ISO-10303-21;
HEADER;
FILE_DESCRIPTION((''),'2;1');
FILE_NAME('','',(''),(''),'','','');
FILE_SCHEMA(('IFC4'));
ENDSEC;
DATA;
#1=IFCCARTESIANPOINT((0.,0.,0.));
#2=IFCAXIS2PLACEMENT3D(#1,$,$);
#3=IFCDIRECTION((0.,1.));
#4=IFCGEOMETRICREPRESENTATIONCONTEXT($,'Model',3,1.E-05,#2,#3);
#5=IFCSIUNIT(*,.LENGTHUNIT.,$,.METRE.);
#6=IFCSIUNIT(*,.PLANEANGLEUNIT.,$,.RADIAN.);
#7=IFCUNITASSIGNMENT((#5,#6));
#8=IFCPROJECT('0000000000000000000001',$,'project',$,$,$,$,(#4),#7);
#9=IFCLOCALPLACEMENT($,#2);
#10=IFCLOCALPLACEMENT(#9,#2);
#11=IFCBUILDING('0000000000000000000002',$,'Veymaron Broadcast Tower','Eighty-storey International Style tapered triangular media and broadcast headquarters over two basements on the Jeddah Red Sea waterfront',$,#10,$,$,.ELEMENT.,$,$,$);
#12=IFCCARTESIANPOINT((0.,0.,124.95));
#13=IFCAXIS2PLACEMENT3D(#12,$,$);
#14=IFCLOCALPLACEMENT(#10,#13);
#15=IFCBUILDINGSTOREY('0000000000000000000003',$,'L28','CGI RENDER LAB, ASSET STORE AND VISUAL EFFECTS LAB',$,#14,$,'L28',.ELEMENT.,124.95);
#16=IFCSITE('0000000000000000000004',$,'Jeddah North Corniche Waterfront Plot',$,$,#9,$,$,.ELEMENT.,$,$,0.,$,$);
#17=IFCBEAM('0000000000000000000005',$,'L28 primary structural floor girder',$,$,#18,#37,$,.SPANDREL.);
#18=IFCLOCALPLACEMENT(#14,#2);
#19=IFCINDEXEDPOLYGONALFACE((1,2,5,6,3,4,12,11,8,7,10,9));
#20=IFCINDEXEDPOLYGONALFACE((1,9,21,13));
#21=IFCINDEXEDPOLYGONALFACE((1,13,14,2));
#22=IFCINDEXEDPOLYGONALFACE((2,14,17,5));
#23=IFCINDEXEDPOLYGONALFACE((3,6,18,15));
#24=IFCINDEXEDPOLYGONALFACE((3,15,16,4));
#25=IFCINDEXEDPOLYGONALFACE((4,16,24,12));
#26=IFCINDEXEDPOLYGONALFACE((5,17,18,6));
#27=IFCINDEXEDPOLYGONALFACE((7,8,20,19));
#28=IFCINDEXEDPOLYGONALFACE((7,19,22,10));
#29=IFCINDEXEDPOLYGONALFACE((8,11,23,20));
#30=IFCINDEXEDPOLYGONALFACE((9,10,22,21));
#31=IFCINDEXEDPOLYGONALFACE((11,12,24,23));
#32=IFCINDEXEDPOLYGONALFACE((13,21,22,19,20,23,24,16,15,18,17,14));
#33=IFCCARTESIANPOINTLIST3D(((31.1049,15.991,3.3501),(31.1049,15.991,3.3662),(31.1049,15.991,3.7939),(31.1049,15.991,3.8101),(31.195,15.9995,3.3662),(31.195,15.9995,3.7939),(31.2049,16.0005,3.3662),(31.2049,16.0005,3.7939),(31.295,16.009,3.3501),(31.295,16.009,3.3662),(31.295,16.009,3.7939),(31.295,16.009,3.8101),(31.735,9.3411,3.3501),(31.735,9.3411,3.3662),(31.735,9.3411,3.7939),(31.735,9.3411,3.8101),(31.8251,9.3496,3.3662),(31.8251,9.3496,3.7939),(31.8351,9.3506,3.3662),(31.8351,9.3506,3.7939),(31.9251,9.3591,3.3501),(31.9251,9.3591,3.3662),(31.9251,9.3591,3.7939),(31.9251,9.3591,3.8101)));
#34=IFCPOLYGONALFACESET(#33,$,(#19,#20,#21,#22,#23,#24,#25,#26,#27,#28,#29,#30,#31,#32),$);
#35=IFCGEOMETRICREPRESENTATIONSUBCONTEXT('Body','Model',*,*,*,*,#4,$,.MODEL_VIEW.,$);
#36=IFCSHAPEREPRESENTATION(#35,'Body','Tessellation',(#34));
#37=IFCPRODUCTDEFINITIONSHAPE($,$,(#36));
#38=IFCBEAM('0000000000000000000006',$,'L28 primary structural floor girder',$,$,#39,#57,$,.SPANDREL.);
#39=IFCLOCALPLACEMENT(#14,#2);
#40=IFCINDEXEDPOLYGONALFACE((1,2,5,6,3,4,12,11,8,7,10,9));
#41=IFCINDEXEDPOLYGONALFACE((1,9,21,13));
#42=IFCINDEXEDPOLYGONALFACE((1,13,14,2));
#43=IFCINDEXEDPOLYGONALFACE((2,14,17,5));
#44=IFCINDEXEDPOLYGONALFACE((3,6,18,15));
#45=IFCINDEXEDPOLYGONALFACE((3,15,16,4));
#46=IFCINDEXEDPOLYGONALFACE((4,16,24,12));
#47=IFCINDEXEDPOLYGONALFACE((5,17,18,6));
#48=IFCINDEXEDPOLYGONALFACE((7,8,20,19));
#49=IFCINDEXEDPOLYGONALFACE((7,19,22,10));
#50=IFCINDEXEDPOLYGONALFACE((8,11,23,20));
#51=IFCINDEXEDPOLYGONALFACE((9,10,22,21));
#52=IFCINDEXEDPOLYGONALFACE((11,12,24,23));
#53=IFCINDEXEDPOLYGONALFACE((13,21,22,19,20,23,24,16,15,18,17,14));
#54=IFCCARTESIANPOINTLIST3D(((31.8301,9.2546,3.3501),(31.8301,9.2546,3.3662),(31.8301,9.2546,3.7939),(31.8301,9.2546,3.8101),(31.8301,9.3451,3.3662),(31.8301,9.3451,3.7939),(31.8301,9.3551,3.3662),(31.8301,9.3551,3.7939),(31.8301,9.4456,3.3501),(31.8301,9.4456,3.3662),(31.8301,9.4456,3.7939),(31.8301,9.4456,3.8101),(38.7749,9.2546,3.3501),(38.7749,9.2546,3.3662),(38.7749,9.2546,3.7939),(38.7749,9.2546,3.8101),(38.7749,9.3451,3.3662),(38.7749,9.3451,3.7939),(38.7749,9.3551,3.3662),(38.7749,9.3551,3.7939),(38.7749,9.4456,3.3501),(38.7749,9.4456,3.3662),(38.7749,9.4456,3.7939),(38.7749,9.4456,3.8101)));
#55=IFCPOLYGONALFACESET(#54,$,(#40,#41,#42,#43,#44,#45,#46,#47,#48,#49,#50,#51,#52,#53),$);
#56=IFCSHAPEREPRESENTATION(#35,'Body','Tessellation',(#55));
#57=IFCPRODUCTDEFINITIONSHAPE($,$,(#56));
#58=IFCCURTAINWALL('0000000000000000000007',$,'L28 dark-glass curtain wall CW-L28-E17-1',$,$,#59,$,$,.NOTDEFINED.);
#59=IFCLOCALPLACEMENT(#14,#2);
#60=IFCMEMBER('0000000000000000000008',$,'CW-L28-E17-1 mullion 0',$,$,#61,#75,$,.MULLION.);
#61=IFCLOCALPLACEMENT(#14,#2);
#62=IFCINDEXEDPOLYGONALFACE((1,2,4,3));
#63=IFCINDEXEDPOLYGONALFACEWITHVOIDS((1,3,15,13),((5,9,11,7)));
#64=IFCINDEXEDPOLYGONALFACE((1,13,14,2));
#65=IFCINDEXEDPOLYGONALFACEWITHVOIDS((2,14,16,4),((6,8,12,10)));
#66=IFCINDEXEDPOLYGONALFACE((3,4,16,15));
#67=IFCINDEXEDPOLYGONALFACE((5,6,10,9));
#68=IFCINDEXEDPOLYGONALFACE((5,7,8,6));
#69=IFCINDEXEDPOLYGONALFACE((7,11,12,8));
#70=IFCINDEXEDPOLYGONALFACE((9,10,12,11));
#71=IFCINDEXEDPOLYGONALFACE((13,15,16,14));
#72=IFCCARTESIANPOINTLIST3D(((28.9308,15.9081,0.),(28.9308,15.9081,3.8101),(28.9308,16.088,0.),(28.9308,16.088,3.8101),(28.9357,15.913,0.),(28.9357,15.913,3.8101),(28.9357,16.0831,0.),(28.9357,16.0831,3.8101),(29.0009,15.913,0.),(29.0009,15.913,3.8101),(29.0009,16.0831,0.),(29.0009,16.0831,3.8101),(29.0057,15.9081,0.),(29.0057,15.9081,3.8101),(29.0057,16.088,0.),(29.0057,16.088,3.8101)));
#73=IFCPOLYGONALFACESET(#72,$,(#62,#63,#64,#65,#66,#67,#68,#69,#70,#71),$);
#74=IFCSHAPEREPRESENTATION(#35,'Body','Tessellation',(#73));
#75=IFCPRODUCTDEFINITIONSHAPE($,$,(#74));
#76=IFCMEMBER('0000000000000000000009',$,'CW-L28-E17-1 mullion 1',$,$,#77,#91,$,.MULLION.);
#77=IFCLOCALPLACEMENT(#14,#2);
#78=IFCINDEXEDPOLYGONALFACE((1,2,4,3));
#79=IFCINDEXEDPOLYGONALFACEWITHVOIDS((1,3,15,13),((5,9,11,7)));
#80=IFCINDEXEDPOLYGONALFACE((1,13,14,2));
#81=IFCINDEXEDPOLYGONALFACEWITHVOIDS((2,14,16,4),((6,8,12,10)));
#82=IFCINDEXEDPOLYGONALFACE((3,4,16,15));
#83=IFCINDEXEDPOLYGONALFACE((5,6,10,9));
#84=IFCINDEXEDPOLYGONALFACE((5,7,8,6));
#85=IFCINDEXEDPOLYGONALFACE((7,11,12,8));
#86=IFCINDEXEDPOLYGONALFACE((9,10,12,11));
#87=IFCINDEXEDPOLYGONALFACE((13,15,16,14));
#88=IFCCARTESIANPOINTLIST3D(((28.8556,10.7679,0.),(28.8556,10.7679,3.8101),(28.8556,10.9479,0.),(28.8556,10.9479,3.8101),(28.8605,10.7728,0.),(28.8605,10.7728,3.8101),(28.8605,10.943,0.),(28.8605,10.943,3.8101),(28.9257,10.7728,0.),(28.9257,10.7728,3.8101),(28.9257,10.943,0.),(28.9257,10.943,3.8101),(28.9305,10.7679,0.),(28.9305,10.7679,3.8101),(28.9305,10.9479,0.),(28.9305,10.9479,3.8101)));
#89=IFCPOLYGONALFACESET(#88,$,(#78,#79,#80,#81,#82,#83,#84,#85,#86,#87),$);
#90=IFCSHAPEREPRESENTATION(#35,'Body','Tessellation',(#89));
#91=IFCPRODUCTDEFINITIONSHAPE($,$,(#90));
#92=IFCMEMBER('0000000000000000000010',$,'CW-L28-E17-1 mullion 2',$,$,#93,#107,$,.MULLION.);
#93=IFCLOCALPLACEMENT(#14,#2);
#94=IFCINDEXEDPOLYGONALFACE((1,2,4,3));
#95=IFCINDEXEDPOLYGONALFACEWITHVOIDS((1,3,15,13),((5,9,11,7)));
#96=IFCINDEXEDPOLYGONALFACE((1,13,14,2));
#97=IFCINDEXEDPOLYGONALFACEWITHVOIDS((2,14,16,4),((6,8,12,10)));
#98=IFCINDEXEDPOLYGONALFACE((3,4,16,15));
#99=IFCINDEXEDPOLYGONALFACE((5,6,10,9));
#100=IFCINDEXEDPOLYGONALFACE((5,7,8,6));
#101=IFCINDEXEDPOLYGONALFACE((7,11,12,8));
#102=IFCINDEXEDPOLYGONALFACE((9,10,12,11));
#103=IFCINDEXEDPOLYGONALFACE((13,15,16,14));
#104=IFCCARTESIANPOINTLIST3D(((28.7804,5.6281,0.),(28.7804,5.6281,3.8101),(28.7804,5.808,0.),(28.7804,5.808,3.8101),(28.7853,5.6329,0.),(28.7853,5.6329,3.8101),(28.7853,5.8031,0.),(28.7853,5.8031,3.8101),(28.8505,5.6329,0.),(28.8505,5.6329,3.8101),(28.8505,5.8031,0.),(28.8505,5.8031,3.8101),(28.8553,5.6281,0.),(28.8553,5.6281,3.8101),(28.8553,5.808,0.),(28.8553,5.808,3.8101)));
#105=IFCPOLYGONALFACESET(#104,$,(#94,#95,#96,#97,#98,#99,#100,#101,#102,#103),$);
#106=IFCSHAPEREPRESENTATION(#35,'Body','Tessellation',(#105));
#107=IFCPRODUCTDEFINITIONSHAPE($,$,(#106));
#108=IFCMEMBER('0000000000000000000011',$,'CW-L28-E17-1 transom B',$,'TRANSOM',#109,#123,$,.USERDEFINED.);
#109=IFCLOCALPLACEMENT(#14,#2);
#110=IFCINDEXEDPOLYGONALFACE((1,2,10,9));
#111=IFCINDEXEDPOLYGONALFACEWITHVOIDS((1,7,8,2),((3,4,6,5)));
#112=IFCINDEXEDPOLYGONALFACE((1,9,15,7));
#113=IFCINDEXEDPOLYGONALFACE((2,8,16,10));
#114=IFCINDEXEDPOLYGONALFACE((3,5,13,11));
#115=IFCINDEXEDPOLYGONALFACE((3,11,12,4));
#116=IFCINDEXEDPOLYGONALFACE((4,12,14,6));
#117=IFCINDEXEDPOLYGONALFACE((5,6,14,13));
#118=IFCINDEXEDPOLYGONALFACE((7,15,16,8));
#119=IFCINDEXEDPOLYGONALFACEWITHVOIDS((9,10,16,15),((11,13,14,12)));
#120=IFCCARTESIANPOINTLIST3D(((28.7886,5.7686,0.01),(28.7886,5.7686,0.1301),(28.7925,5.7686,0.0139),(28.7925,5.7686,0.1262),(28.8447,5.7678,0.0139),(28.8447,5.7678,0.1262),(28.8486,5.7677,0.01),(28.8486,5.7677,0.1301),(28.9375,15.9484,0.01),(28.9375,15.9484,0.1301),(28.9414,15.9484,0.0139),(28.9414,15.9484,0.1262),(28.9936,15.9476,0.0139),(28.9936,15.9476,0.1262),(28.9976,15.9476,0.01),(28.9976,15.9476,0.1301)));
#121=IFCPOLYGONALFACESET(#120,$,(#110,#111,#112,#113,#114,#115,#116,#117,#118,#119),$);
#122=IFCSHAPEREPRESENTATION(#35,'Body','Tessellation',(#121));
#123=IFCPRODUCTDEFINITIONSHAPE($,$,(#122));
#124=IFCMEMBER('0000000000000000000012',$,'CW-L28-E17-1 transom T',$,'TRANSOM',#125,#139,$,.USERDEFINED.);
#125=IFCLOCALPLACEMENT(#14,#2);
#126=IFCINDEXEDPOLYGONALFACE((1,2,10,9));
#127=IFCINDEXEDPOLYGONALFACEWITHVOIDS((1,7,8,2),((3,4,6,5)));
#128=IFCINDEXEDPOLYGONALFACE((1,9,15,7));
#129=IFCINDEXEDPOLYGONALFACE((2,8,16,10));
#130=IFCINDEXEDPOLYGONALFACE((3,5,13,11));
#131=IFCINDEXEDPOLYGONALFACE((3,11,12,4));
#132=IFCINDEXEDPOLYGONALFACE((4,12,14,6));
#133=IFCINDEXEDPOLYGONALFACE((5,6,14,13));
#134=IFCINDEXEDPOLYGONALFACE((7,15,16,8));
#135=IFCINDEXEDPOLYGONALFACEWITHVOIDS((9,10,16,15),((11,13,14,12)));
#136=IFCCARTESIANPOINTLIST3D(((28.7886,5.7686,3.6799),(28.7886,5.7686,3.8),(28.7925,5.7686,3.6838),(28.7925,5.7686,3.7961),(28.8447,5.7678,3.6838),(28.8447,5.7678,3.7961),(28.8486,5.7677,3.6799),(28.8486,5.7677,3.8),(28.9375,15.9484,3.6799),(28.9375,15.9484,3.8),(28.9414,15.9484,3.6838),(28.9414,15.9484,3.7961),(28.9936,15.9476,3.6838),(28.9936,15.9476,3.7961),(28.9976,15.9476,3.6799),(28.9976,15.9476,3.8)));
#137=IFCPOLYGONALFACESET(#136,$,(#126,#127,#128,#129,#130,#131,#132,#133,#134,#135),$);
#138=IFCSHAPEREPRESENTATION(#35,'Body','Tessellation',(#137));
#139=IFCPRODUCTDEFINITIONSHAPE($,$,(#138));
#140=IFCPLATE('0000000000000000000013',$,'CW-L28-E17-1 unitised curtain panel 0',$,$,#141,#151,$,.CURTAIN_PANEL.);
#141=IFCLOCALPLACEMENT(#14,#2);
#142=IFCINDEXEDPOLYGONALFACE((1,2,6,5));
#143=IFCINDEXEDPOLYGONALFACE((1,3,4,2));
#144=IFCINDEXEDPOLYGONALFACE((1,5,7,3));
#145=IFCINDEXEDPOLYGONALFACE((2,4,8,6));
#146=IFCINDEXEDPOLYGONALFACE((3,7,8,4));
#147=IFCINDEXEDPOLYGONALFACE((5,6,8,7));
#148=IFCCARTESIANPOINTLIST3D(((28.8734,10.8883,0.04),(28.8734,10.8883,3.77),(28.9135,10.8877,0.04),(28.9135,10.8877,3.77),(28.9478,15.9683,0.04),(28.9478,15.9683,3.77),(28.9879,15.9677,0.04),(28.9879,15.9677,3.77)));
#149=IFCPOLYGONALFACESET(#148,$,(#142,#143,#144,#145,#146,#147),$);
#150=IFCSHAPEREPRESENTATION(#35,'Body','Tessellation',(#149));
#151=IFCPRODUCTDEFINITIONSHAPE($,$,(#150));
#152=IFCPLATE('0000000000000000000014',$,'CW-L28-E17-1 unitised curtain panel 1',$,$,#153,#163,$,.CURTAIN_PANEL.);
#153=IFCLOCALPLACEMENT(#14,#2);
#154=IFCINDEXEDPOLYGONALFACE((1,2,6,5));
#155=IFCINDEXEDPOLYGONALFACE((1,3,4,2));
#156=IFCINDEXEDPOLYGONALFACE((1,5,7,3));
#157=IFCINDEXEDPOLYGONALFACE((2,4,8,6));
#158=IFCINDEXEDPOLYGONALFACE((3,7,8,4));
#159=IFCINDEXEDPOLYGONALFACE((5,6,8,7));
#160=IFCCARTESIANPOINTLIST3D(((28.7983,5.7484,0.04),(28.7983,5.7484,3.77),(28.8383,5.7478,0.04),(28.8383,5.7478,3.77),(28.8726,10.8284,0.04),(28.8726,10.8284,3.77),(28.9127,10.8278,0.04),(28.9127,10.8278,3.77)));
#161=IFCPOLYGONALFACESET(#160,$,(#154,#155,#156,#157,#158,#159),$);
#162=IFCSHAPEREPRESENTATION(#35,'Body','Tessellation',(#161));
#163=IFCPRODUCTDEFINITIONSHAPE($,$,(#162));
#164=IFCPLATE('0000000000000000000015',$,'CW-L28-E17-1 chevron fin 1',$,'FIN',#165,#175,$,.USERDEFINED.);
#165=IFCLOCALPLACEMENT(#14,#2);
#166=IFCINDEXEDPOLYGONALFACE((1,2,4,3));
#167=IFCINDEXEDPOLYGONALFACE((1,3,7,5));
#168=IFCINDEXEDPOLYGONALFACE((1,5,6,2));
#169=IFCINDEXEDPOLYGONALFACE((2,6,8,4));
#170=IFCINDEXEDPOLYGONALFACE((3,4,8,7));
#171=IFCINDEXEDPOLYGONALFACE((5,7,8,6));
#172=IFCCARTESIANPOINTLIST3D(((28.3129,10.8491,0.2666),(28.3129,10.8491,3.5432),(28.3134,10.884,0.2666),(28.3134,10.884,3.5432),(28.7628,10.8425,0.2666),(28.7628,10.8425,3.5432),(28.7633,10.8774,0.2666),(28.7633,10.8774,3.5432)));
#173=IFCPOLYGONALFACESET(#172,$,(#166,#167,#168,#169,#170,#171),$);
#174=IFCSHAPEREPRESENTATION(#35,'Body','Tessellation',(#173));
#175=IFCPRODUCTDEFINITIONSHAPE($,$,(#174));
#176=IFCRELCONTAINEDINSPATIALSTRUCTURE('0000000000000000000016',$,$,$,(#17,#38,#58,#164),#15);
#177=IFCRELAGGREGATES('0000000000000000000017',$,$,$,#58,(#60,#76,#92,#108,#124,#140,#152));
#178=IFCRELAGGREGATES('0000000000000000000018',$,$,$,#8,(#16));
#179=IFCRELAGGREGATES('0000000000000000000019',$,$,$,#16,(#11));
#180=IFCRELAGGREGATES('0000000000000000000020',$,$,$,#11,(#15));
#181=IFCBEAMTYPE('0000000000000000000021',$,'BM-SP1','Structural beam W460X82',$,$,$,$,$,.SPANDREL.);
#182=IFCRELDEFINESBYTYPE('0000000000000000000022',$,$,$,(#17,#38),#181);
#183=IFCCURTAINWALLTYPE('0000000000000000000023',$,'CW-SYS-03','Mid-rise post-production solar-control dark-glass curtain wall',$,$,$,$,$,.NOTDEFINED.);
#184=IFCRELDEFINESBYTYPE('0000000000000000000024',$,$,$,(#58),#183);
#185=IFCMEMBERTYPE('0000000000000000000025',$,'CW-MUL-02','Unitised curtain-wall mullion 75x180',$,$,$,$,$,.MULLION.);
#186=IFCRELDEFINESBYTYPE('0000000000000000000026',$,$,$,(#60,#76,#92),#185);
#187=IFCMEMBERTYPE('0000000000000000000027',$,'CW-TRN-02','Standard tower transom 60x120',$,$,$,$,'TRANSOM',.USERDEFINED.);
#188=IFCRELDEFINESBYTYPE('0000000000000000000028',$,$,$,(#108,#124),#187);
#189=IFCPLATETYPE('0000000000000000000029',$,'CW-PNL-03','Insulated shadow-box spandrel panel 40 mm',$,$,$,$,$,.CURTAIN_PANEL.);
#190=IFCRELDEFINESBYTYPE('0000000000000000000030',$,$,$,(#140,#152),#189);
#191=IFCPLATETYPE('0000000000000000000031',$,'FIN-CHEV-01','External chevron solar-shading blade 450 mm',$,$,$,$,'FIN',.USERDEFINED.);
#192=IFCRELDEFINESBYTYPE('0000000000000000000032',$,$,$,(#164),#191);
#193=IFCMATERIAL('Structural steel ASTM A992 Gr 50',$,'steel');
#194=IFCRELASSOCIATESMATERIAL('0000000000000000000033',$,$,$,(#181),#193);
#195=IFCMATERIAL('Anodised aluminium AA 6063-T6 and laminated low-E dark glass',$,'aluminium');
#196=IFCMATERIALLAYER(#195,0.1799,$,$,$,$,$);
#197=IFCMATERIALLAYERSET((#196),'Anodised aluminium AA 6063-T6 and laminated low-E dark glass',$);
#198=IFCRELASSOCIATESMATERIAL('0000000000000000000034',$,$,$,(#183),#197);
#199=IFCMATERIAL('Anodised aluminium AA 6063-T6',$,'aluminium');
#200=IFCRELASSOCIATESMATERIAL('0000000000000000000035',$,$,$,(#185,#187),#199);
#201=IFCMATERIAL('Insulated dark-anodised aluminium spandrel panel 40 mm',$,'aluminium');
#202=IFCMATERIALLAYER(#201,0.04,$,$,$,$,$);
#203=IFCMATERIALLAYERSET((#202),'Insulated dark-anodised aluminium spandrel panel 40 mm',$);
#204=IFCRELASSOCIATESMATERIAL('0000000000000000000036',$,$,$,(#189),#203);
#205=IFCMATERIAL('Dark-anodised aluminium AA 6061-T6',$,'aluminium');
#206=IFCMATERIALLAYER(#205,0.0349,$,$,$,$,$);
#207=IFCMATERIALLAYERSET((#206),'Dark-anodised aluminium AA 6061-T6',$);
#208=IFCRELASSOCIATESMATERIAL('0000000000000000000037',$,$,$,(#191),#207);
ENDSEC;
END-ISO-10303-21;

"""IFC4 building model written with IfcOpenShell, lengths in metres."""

from ifc_helpers import new_model, si_unit, direction, frame, origin, origin_2d, place, context, subcontext, project, spatial, rectangle, hollow_rectangle, i_section, extrude, material, layer, layer_set, material_profile, profile_set, type_object, element, aggregate, save


model = new_model("IFC4")

# Units and contexts
model_context = context("Model", 3, precision=1e-05, world=origin(), true_north=direction((0.0, 1.0)))
body_context = subcontext(model_context, "Body", "Model", "MODEL_VIEW")
ifc_project = project(units=[si_unit("LENGTHUNIT", "METRE"), si_unit("PLANEANGLEUNIT", "RADIAN")], contexts=[model_context])

# Site, building, storey
site_placement = place(None, origin())
site = spatial("IfcSite", under=ifc_project, at=site_placement, Name="Jeddah North Corniche Waterfront Plot", CompositionType="ELEMENT", RefElevation=0.0)
building_placement = place(site_placement, origin())
building = spatial("IfcBuilding", under=site, at=building_placement, Name="Veymaron Broadcast Tower", Description="Eighty-storey International Style tapered triangular media and broadcast headquarters over two basements on the Jeddah Red Sea waterfront", CompositionType="ELEMENT")
storey_placement = place(building_placement, frame((0.0, 0.0, 124.95)))
storey = spatial("IfcBuildingStorey", under=building, at=storey_placement, Name="L28", Description="CGI RENDER LAB, ASSET STORE AND VISUAL EFFECTS LAB", LongName="L28", CompositionType="ELEMENT", Elevation=124.95)

# Shared definitions
ifc_material_1 = material(Name="Structural steel ASTM A992 Gr 50", Category="steel")

# Beams
ifc_material_profile_1 = material_profile(ifc_material_1, i_section(OverallWidth=0.1909, OverallDepth=0.46, WebThickness=0.01, FlangeThickness=0.0161, at=origin_2d()), Name="W460X82")
ifc_profile_set_1 = profile_set([ifc_material_profile_1], Name="Structural steel ASTM A992 Gr 50")
beam_type_1 = type_object("IfcBeamType", Name="BM-SP1", Description="Structural beam W460X82", PredefinedType="SPANDREL", material=ifc_profile_set_1)
beam_1_placement = place(storey_placement, frame((31.2, 16.0, 3.5801), z_axis=(0.094335, -0.995541, 0.0), x_axis=(0.995541, 0.094335, 0.0)))
element("IfcBeam", 1, at=beam_1_placement, inside=storey, type_object=beam_type_1, Name="L28 primary structural floor girder", PredefinedType="SPANDREL", context=body_context, shape_type="SweptSolid", body=[
    extrude(i_section(OverallWidth=0.1909, OverallDepth=0.46, WebThickness=0.01, FlangeThickness=0.0161, at=origin_2d()), origin(), (0.0, 0.0, 1.0), 6.6797),
])
beam_2_placement = place(storey_placement, frame((31.8301, 9.3501, 3.5801), z_axis=(1.0, 0.0, 0.0), x_axis=(0.0, 1.0, 0.0)))
element("IfcBeam", 2, at=beam_2_placement, inside=storey, type_object=beam_type_1, Name="L28 primary structural floor girder", PredefinedType="SPANDREL", context=body_context, shape_type="SweptSolid", body=[
    extrude(i_section(OverallWidth=0.1909, OverallDepth=0.46, WebThickness=0.01, FlangeThickness=0.0161, at=origin_2d()), origin(), (0.0, 0.0, 1.0), 6.9448),
])

# Curtain wall, members, plates
ifc_material_2 = material(Name="Anodised aluminium AA 6063-T6 and laminated low-E dark glass", Category="aluminium")
ifc_layer_1 = layer(ifc_material_2, 0.1799)
ifc_layer_set_1 = layer_set([ifc_layer_1], Name="Anodised aluminium AA 6063-T6 and laminated low-E dark glass")
curtain_wall_type = type_object("IfcCurtainWallType", Name="CW-SYS-03", Description="Mid-rise post-production solar-control dark-glass curtain wall", PredefinedType="NOTDEFINED", material=ifc_layer_set_1)
curtain_wall_placement = place(storey_placement, origin())
curtain_wall = element("IfcCurtainWall", 3, at=curtain_wall_placement, inside=storey, type_object=curtain_wall_type, Name="L28 dark-glass curtain wall CW-L28-E17-1", PredefinedType="NOTDEFINED")
ifc_material_3 = material(Name="Anodised aluminium AA 6063-T6", Category="aluminium")
ifc_material_profile_2 = material_profile(ifc_material_3, hollow_rectangle(XDim=0.075, YDim=0.1799, WallThickness=0.0049, at=origin_2d()), Name="AL180X75X5")
ifc_profile_set_2 = profile_set([ifc_material_profile_2], Name="Anodised aluminium AA 6063-T6")
member_type_1 = type_object("IfcMemberType", Name="CW-MUL-02", Description="Unitised curtain-wall mullion 75x180", PredefinedType="MULLION", material=ifc_profile_set_2)
member_1_placement = place(storey_placement, frame((28.9683, 15.998, 0.0), z_axis=(0.0, 0.0, 1.0), x_axis=(1.0, 0.0, 0.0)))
member_1 = element("IfcMember", 4, at=member_1_placement, type_object=member_type_1, Name="CW-L28-E17-1 mullion 0", PredefinedType="MULLION", context=body_context, shape_type="SweptSolid", body=[
    extrude(hollow_rectangle(XDim=0.075, YDim=0.1799, WallThickness=0.0049, at=origin_2d()), origin(), (0.0, 0.0, 1.0), 3.8101),
])
member_2_placement = place(storey_placement, frame((28.8931, 10.8579, 0.0), z_axis=(0.0, 0.0, 1.0), x_axis=(1.0, 0.0, 0.0)))
member_2 = element("IfcMember", 5, at=member_2_placement, type_object=member_type_1, Name="CW-L28-E17-1 mullion 1", PredefinedType="MULLION", context=body_context, shape_type="SweptSolid", body=[
    extrude(hollow_rectangle(XDim=0.075, YDim=0.1799, WallThickness=0.0049, at=origin_2d()), origin(), (0.0, 0.0, 1.0), 3.8101),
])
member_3_placement = place(storey_placement, frame((28.8179, 5.718, 0.0), z_axis=(0.0, 0.0, 1.0), x_axis=(1.0, 0.0, 0.0)))
member_3 = element("IfcMember", 6, at=member_3_placement, type_object=member_type_1, Name="CW-L28-E17-1 mullion 2", PredefinedType="MULLION", context=body_context, shape_type="SweptSolid", body=[
    extrude(hollow_rectangle(XDim=0.075, YDim=0.1799, WallThickness=0.0049, at=origin_2d()), origin(), (0.0, 0.0, 1.0), 3.8101),
])
ifc_material_profile_3 = material_profile(ifc_material_3, hollow_rectangle(XDim=0.0601, YDim=0.1201, WallThickness=0.0039, at=origin_2d()), Name="AL120X60X4")
ifc_profile_set_3 = profile_set([ifc_material_profile_3], Name="Anodised aluminium AA 6063-T6")
member_type_2 = type_object("IfcMemberType", Name="CW-TRN-02", Description="Standard tower transom 60x120", ElementType="TRANSOM", PredefinedType="USERDEFINED", material=ifc_profile_set_3)
member_4_placement = place(storey_placement, frame((28.9675, 15.948, 0.0701), z_axis=(-0.014628, -0.999893, 0.0), x_axis=(0.999893, -0.014628, 0.0)))
member_4 = element("IfcMember", 7, at=member_4_placement, type_object=member_type_2, Name="CW-L28-E17-1 transom B", ObjectType="TRANSOM", PredefinedType="USERDEFINED", context=body_context, shape_type="SweptSolid", body=[
    extrude(hollow_rectangle(XDim=0.0601, YDim=0.1201, WallThickness=0.0039, at=origin_2d()), origin(), (0.0, 0.0, 1.0), 10.1809),
])
member_5_placement = place(storey_placement, frame((28.9675, 15.948, 3.74), z_axis=(-0.014628, -0.999893, 0.0), x_axis=(0.999893, -0.014628, 0.0)))
member_5 = element("IfcMember", 8, at=member_5_placement, type_object=member_type_2, Name="CW-L28-E17-1 transom T", ObjectType="TRANSOM", PredefinedType="USERDEFINED", context=body_context, shape_type="SweptSolid", body=[
    extrude(hollow_rectangle(XDim=0.0601, YDim=0.1201, WallThickness=0.0039, at=origin_2d()), origin(), (0.0, 0.0, 1.0), 10.1809),
])
ifc_material_4 = material(Name="Insulated dark-anodised aluminium spandrel panel 40 mm", Category="aluminium")
ifc_layer_2 = layer(ifc_material_4, 0.04)
ifc_layer_set_2 = layer_set([ifc_layer_2], Name="Insulated dark-anodised aluminium spandrel panel 40 mm")
plate_type_1 = type_object("IfcPlateType", Name="CW-PNL-03", Description="Insulated shadow-box spandrel panel 40 mm", PredefinedType="CURTAIN_PANEL", material=ifc_layer_set_2)
plate_1_placement = place(storey_placement, frame((28.9307, 13.428, 0.04), z_axis=(0.0, 0.0, 1.0), x_axis=(-0.014643, -0.999893, 0.0)))
plate_1 = element("IfcPlate", 9, at=plate_1_placement, type_object=plate_type_1, Name="CW-L28-E17-1 unitised curtain panel 0", PredefinedType="CURTAIN_PANEL", context=body_context, shape_type="SweptSolid", body=[
    extrude(rectangle(XDim=5.0806, YDim=0.04, at=origin_2d()), origin(), (0.0, 0.0, 1.0), 3.73),
])
plate_2_placement = place(storey_placement, frame((28.8555, 8.2881, 0.04), z_axis=(0.0, 0.0, 1.0), x_axis=(-0.014643, -0.999893, 0.0)))
plate_2 = element("IfcPlate", 10, at=plate_2_placement, type_object=plate_type_1, Name="CW-L28-E17-1 unitised curtain panel 1", PredefinedType="CURTAIN_PANEL", context=body_context, shape_type="SweptSolid", body=[
    extrude(rectangle(XDim=5.0806, YDim=0.04, at=origin_2d()), origin(), (0.0, 0.0, 1.0), 3.73),
])
aggregate(curtain_wall, [member_1, member_2, member_3, member_4, member_5, plate_1, plate_2])

# Plate
ifc_material_5 = material(Name="Dark-anodised aluminium AA 6061-T6", Category="aluminium")
ifc_layer_3 = layer(ifc_material_5, 0.0349)
ifc_layer_set_3 = layer_set([ifc_layer_3], Name="Dark-anodised aluminium AA 6061-T6")
plate_type_2 = type_object("IfcPlateType", Name="FIN-CHEV-01", Description="External chevron solar-shading blade 450 mm", ElementType="FIN", PredefinedType="USERDEFINED", material=ifc_layer_set_3)
plate_3_placement = place(storey_placement, frame((28.5381, 10.8633, 0.2666), z_axis=(0.0, 0.0, 1.0), x_axis=(-0.999893, 0.014643, 0.0)))
element("IfcPlate", 11, at=plate_3_placement, inside=storey, type_object=plate_type_2, Name="CW-L28-E17-1 chevron fin 1", ObjectType="FIN", PredefinedType="USERDEFINED", context=body_context, shape_type="SweptSolid", body=[
    extrude(rectangle(XDim=0.45, YDim=0.0349, at=origin_2d()), origin(), (0.0, 0.0, 1.0), 3.2766),
])

save(model, "model.ifc")
